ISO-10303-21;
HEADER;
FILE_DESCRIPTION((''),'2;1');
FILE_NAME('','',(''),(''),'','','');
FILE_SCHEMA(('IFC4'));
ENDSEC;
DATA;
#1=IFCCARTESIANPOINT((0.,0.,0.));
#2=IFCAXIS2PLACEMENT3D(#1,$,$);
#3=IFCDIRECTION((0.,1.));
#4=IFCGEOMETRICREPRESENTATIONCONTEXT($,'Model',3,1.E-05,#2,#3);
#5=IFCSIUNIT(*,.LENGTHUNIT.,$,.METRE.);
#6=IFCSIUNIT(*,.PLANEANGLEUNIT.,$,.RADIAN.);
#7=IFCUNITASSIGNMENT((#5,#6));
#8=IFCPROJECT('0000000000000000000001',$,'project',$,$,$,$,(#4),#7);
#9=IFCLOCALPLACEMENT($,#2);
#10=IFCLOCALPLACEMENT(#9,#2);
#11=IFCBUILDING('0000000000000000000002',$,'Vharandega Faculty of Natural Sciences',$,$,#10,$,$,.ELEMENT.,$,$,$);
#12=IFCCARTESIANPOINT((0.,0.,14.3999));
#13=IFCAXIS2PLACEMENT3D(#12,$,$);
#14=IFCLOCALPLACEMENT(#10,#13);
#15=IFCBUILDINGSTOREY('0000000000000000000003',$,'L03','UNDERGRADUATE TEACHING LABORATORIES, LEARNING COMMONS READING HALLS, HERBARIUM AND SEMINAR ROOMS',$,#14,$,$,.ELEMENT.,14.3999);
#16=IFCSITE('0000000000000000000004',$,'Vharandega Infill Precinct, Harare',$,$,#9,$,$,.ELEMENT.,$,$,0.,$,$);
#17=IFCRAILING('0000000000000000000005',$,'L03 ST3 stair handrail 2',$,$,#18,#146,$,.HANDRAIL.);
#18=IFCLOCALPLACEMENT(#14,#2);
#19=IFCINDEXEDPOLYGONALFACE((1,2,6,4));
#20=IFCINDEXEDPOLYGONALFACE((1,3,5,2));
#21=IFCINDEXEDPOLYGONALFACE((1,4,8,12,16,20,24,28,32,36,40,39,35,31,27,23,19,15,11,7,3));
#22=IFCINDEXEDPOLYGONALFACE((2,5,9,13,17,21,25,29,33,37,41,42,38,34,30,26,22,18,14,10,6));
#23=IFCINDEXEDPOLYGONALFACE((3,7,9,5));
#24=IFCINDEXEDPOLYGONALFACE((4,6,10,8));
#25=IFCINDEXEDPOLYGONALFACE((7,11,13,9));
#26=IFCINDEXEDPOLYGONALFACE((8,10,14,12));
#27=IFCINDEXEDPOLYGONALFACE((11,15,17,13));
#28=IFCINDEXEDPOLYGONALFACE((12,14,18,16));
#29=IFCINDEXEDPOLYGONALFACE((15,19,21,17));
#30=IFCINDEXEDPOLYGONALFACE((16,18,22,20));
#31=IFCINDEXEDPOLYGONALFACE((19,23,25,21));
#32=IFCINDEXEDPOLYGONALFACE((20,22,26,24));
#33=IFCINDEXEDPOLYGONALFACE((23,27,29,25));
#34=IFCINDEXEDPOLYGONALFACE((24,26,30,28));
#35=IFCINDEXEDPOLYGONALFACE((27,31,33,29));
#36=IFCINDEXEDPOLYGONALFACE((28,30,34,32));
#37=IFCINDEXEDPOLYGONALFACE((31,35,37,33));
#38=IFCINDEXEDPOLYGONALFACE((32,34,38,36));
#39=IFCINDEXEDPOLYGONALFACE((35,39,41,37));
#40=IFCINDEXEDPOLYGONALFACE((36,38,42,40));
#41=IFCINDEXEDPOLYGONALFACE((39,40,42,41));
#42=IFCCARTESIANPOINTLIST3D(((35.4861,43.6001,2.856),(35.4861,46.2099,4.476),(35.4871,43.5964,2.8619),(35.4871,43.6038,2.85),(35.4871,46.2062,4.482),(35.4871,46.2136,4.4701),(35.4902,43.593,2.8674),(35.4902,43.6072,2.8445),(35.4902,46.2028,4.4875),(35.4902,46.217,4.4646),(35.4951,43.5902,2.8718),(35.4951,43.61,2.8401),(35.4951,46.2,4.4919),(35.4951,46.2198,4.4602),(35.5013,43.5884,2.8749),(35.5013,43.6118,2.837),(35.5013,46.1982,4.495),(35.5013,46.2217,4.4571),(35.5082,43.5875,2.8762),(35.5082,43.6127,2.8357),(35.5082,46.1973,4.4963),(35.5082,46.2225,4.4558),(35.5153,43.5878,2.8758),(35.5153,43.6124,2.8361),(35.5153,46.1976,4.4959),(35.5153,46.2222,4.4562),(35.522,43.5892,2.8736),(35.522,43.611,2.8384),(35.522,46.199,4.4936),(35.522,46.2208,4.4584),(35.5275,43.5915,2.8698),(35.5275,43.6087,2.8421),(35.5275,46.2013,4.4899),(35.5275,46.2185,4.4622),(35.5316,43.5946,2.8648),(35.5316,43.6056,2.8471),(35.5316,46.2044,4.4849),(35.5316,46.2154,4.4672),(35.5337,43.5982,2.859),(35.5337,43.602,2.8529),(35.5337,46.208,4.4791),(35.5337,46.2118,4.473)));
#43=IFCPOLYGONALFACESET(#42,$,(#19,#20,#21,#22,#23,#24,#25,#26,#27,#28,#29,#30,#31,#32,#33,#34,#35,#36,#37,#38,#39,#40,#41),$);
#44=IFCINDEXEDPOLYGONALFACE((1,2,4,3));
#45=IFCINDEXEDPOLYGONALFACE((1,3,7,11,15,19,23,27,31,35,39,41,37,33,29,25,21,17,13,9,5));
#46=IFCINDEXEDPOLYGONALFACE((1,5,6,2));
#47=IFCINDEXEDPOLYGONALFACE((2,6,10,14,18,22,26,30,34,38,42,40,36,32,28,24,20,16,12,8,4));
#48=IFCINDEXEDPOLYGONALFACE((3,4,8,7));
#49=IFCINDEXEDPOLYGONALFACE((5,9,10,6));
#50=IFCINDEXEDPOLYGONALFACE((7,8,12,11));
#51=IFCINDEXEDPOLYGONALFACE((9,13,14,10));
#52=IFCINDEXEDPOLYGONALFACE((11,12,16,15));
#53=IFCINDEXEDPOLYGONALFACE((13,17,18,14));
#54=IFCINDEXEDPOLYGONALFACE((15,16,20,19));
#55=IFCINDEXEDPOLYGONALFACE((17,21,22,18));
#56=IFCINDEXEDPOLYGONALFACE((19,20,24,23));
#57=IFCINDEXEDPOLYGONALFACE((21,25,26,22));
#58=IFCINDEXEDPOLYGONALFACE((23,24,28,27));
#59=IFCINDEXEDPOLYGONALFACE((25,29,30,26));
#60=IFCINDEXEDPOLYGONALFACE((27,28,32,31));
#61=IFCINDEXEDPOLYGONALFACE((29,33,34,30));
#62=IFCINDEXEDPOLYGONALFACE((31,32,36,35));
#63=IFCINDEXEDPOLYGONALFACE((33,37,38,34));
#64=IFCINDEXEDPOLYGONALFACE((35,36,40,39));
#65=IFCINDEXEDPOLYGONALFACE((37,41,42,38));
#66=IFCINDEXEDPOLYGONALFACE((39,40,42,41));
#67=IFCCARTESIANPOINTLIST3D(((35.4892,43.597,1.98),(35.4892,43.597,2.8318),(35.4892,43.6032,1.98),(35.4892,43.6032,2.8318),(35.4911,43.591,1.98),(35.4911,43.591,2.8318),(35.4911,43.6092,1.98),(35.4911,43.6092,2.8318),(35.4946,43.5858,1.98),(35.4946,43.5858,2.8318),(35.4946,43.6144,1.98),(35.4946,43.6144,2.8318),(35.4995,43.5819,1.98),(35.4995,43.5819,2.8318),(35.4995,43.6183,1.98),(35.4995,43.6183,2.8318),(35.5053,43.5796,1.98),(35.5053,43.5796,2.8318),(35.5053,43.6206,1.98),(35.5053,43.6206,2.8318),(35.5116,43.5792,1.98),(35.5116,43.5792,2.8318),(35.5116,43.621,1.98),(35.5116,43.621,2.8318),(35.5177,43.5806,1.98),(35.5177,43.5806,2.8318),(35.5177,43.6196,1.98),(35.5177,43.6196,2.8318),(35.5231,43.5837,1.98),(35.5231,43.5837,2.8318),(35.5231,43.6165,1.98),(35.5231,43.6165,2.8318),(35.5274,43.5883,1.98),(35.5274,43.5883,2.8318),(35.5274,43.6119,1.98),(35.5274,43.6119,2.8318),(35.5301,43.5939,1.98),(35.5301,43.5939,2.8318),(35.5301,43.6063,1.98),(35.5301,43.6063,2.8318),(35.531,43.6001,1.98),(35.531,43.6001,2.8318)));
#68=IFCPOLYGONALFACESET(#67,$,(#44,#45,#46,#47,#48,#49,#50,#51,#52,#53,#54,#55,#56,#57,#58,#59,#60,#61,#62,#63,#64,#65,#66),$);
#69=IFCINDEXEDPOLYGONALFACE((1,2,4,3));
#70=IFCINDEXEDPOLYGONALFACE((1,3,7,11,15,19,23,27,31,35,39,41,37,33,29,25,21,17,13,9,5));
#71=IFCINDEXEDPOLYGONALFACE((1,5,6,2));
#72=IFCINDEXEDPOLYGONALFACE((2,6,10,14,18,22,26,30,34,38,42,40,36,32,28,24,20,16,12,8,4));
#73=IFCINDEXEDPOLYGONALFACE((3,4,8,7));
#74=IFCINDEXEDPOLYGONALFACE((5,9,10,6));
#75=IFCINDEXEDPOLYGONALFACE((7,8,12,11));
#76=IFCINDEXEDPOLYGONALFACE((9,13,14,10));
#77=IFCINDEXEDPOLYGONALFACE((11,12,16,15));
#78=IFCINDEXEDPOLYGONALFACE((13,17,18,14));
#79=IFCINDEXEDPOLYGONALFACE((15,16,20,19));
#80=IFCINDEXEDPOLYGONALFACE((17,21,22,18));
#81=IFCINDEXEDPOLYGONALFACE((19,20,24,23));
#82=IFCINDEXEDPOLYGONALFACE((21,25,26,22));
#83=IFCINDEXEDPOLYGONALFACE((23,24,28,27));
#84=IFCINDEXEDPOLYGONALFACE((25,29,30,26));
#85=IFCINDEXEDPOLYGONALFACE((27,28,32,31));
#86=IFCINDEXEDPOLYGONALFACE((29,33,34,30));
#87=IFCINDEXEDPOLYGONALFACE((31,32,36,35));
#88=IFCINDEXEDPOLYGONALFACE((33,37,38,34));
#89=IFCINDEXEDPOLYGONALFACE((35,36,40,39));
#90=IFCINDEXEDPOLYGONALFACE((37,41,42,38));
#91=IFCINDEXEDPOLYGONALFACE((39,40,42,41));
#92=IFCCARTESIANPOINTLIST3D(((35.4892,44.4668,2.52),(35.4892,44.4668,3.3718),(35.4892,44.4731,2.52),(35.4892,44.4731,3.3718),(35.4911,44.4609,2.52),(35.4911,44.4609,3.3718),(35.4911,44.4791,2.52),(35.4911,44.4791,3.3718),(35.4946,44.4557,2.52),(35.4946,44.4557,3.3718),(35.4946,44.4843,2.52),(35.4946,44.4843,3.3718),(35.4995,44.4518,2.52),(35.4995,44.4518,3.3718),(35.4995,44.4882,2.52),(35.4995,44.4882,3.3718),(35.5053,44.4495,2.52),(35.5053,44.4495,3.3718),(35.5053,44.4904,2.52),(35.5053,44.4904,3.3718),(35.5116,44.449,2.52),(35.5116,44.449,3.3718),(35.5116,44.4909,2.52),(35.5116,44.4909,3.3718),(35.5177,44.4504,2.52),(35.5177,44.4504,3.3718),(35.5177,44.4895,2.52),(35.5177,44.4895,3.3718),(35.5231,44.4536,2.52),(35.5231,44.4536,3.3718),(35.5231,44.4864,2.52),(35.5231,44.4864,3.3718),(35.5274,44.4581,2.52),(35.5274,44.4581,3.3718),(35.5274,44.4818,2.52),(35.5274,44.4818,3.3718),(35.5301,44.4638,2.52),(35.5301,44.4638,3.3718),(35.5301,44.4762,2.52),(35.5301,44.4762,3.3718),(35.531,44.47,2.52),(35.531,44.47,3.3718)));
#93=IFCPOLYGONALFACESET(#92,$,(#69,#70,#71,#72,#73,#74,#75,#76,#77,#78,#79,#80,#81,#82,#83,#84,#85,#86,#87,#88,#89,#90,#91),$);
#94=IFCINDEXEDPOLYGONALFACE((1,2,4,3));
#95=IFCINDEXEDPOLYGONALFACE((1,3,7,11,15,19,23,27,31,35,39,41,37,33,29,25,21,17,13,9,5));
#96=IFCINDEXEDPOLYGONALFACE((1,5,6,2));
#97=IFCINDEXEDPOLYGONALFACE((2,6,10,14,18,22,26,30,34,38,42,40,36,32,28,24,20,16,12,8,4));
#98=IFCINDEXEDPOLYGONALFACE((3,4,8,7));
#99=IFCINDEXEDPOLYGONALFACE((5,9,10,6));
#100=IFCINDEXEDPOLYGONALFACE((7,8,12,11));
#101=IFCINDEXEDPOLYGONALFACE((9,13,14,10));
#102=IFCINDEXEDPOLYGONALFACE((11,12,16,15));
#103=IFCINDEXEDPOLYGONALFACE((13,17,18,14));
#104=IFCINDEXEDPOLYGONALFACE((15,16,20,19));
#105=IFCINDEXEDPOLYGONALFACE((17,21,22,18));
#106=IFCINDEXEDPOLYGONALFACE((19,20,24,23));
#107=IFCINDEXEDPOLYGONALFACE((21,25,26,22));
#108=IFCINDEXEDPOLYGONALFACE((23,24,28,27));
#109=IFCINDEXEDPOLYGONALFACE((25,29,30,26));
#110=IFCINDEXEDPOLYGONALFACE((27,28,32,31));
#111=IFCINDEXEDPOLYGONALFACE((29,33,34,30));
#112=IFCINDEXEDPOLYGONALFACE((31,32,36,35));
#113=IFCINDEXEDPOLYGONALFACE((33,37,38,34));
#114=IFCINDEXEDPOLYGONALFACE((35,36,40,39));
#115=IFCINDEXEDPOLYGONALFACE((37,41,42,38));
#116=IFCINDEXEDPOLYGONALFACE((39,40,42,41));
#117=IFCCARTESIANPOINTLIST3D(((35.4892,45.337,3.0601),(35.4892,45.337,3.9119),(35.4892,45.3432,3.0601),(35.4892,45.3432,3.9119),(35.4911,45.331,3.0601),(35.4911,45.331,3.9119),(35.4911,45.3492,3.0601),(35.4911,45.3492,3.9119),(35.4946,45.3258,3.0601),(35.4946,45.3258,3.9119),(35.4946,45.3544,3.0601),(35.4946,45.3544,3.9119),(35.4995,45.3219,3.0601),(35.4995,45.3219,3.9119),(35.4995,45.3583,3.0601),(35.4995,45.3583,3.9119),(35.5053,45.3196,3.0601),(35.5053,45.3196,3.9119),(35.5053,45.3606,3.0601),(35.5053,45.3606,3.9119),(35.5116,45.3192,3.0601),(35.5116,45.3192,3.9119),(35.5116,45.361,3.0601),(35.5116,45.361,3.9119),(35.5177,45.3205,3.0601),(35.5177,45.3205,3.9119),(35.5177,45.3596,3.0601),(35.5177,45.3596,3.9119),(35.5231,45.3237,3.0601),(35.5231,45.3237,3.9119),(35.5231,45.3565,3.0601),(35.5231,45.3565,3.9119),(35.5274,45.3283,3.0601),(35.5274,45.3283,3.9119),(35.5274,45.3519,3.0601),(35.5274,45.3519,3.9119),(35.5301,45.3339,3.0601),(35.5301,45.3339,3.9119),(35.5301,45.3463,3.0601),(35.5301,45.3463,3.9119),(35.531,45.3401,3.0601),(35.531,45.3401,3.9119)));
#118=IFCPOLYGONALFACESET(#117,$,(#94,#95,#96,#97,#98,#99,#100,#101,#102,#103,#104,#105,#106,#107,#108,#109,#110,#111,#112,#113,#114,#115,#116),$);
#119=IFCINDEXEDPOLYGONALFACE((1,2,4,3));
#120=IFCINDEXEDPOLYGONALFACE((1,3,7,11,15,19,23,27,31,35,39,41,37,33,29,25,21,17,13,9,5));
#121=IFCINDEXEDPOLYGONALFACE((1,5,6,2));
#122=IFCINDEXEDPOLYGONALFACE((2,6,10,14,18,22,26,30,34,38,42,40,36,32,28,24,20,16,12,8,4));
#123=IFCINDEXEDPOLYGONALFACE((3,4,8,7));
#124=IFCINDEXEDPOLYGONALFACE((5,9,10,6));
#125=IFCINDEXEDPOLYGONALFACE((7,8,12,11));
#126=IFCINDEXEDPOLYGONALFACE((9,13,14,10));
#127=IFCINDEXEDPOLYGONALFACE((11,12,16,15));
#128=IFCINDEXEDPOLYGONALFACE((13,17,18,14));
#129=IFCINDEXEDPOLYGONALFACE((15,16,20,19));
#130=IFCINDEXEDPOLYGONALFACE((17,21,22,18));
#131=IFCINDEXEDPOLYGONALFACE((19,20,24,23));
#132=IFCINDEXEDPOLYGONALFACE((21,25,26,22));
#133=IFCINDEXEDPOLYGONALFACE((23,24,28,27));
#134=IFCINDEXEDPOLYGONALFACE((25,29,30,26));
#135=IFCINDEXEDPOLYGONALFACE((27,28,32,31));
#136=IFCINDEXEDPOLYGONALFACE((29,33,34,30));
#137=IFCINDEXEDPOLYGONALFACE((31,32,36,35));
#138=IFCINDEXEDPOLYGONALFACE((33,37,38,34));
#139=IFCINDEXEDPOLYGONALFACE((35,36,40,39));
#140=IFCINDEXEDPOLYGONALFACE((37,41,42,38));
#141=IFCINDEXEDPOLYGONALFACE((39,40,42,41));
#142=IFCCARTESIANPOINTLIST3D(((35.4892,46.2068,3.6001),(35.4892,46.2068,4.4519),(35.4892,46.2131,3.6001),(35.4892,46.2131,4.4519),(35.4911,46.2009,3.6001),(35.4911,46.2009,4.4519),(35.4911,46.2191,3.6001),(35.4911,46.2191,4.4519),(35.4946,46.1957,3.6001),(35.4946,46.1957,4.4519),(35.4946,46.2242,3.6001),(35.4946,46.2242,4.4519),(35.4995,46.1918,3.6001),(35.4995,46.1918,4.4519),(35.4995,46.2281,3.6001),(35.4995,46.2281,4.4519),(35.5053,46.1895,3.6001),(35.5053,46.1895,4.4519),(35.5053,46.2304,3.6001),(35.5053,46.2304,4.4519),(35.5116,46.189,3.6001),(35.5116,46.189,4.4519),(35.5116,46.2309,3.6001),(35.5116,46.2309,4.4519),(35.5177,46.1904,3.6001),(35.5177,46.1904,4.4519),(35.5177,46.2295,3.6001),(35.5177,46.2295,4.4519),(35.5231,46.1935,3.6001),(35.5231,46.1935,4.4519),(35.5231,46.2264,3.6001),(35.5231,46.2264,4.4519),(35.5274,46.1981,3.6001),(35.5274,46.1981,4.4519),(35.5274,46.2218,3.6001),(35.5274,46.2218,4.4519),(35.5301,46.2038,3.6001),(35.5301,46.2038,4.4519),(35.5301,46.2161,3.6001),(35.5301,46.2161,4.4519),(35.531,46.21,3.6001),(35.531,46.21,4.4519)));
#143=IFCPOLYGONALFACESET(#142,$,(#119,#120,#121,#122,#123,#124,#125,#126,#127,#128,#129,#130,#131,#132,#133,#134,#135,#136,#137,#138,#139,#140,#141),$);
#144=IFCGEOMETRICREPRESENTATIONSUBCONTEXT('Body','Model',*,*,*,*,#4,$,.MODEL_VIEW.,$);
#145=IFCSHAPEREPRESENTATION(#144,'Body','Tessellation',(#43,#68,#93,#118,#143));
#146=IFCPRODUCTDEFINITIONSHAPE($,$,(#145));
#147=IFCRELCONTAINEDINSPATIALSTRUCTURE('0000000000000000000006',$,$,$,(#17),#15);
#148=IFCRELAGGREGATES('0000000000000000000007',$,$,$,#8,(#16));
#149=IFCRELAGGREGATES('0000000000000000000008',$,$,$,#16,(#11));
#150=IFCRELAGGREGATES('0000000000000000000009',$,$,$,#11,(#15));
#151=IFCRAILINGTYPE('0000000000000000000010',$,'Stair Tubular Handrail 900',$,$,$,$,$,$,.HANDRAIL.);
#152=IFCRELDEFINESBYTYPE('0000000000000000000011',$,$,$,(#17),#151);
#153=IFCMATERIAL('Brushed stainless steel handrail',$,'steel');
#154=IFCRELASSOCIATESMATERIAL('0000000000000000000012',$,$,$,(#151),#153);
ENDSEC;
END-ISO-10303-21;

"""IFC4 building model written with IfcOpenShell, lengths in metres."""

from ifc_helpers import new_model, si_unit, direction, frame, origin, origin_2d, place, context, subcontext, project, spatial, circle, extrude, material, type_object, element, save


model = new_model("IFC4")

# Units and contexts
model_context = context("Model", 3, precision=1e-05, world=origin(), true_north=direction((0.0, 1.0)))
body_context = subcontext(model_context, "Body", "Model", "MODEL_VIEW")
ifc_project = project(units=[si_unit("LENGTHUNIT", "METRE"), si_unit("PLANEANGLEUNIT", "RADIAN")], contexts=[model_context])

# Site, building, storey
site_placement = place(None, origin())
site = spatial("IfcSite", under=ifc_project, at=site_placement, Name="Vharandega Infill Precinct, Harare", CompositionType="ELEMENT", RefElevation=0.0)
building_placement = place(site_placement, origin())
building = spatial("IfcBuilding", under=site, at=building_placement, Name="Vharandega Faculty of Natural Sciences", CompositionType="ELEMENT")
storey_placement = place(building_placement, frame((0.0, 0.0, 14.3999)))
storey = spatial("IfcBuildingStorey", under=building, at=storey_placement, Name="L03", Description="UNDERGRADUATE TEACHING LABORATORIES, LEARNING COMMONS READING HALLS, HERBARIUM AND SEMINAR ROOMS", CompositionType="ELEMENT", Elevation=14.3999)

# Railing
ifc_material_1 = material(Name="Brushed stainless steel handrail", Category="steel")
railing_type_1 = type_object("IfcRailingType", Name="Stair Tubular Handrail 900", PredefinedType="HANDRAIL", material=ifc_material_1)
railing_1_placement = place(storey_placement, frame((35.51, 43.6001, 1.98)))
element("IfcRailing", 1, at=railing_1_placement, inside=storey, type_object=railing_type_1, Name="L03 ST3 stair handrail 2", PredefinedType="HANDRAIL", context=body_context, shape_type="SweptSolid", body=[
    extrude(circle(Radius=0.0239, at=origin_2d()), frame((0.0, 0.0, 0.876), z_axis=(0.0, 0.849611, 0.52741), x_axis=(-1.0, 0.0, 0.0)), (0.0, 0.0, 1.0), 3.0718),
    extrude(circle(Radius=0.021, at=origin_2d()), origin(), (0.0, 0.0, 1.0), 0.8518),
    extrude(circle(Radius=0.021, at=origin_2d()), frame((0.0, 0.8699, 0.54)), (0.0, 0.0, 1.0), 0.8518),
    extrude(circle(Radius=0.021, at=origin_2d()), frame((0.0, 1.74, 1.0801)), (0.0, 0.0, 1.0), 0.8518),
    extrude(circle(Radius=0.021, at=origin_2d()), frame((0.0, 2.6099, 1.6201)), (0.0, 0.0, 1.0), 0.8518),
])

save(model, "model.ifc")
